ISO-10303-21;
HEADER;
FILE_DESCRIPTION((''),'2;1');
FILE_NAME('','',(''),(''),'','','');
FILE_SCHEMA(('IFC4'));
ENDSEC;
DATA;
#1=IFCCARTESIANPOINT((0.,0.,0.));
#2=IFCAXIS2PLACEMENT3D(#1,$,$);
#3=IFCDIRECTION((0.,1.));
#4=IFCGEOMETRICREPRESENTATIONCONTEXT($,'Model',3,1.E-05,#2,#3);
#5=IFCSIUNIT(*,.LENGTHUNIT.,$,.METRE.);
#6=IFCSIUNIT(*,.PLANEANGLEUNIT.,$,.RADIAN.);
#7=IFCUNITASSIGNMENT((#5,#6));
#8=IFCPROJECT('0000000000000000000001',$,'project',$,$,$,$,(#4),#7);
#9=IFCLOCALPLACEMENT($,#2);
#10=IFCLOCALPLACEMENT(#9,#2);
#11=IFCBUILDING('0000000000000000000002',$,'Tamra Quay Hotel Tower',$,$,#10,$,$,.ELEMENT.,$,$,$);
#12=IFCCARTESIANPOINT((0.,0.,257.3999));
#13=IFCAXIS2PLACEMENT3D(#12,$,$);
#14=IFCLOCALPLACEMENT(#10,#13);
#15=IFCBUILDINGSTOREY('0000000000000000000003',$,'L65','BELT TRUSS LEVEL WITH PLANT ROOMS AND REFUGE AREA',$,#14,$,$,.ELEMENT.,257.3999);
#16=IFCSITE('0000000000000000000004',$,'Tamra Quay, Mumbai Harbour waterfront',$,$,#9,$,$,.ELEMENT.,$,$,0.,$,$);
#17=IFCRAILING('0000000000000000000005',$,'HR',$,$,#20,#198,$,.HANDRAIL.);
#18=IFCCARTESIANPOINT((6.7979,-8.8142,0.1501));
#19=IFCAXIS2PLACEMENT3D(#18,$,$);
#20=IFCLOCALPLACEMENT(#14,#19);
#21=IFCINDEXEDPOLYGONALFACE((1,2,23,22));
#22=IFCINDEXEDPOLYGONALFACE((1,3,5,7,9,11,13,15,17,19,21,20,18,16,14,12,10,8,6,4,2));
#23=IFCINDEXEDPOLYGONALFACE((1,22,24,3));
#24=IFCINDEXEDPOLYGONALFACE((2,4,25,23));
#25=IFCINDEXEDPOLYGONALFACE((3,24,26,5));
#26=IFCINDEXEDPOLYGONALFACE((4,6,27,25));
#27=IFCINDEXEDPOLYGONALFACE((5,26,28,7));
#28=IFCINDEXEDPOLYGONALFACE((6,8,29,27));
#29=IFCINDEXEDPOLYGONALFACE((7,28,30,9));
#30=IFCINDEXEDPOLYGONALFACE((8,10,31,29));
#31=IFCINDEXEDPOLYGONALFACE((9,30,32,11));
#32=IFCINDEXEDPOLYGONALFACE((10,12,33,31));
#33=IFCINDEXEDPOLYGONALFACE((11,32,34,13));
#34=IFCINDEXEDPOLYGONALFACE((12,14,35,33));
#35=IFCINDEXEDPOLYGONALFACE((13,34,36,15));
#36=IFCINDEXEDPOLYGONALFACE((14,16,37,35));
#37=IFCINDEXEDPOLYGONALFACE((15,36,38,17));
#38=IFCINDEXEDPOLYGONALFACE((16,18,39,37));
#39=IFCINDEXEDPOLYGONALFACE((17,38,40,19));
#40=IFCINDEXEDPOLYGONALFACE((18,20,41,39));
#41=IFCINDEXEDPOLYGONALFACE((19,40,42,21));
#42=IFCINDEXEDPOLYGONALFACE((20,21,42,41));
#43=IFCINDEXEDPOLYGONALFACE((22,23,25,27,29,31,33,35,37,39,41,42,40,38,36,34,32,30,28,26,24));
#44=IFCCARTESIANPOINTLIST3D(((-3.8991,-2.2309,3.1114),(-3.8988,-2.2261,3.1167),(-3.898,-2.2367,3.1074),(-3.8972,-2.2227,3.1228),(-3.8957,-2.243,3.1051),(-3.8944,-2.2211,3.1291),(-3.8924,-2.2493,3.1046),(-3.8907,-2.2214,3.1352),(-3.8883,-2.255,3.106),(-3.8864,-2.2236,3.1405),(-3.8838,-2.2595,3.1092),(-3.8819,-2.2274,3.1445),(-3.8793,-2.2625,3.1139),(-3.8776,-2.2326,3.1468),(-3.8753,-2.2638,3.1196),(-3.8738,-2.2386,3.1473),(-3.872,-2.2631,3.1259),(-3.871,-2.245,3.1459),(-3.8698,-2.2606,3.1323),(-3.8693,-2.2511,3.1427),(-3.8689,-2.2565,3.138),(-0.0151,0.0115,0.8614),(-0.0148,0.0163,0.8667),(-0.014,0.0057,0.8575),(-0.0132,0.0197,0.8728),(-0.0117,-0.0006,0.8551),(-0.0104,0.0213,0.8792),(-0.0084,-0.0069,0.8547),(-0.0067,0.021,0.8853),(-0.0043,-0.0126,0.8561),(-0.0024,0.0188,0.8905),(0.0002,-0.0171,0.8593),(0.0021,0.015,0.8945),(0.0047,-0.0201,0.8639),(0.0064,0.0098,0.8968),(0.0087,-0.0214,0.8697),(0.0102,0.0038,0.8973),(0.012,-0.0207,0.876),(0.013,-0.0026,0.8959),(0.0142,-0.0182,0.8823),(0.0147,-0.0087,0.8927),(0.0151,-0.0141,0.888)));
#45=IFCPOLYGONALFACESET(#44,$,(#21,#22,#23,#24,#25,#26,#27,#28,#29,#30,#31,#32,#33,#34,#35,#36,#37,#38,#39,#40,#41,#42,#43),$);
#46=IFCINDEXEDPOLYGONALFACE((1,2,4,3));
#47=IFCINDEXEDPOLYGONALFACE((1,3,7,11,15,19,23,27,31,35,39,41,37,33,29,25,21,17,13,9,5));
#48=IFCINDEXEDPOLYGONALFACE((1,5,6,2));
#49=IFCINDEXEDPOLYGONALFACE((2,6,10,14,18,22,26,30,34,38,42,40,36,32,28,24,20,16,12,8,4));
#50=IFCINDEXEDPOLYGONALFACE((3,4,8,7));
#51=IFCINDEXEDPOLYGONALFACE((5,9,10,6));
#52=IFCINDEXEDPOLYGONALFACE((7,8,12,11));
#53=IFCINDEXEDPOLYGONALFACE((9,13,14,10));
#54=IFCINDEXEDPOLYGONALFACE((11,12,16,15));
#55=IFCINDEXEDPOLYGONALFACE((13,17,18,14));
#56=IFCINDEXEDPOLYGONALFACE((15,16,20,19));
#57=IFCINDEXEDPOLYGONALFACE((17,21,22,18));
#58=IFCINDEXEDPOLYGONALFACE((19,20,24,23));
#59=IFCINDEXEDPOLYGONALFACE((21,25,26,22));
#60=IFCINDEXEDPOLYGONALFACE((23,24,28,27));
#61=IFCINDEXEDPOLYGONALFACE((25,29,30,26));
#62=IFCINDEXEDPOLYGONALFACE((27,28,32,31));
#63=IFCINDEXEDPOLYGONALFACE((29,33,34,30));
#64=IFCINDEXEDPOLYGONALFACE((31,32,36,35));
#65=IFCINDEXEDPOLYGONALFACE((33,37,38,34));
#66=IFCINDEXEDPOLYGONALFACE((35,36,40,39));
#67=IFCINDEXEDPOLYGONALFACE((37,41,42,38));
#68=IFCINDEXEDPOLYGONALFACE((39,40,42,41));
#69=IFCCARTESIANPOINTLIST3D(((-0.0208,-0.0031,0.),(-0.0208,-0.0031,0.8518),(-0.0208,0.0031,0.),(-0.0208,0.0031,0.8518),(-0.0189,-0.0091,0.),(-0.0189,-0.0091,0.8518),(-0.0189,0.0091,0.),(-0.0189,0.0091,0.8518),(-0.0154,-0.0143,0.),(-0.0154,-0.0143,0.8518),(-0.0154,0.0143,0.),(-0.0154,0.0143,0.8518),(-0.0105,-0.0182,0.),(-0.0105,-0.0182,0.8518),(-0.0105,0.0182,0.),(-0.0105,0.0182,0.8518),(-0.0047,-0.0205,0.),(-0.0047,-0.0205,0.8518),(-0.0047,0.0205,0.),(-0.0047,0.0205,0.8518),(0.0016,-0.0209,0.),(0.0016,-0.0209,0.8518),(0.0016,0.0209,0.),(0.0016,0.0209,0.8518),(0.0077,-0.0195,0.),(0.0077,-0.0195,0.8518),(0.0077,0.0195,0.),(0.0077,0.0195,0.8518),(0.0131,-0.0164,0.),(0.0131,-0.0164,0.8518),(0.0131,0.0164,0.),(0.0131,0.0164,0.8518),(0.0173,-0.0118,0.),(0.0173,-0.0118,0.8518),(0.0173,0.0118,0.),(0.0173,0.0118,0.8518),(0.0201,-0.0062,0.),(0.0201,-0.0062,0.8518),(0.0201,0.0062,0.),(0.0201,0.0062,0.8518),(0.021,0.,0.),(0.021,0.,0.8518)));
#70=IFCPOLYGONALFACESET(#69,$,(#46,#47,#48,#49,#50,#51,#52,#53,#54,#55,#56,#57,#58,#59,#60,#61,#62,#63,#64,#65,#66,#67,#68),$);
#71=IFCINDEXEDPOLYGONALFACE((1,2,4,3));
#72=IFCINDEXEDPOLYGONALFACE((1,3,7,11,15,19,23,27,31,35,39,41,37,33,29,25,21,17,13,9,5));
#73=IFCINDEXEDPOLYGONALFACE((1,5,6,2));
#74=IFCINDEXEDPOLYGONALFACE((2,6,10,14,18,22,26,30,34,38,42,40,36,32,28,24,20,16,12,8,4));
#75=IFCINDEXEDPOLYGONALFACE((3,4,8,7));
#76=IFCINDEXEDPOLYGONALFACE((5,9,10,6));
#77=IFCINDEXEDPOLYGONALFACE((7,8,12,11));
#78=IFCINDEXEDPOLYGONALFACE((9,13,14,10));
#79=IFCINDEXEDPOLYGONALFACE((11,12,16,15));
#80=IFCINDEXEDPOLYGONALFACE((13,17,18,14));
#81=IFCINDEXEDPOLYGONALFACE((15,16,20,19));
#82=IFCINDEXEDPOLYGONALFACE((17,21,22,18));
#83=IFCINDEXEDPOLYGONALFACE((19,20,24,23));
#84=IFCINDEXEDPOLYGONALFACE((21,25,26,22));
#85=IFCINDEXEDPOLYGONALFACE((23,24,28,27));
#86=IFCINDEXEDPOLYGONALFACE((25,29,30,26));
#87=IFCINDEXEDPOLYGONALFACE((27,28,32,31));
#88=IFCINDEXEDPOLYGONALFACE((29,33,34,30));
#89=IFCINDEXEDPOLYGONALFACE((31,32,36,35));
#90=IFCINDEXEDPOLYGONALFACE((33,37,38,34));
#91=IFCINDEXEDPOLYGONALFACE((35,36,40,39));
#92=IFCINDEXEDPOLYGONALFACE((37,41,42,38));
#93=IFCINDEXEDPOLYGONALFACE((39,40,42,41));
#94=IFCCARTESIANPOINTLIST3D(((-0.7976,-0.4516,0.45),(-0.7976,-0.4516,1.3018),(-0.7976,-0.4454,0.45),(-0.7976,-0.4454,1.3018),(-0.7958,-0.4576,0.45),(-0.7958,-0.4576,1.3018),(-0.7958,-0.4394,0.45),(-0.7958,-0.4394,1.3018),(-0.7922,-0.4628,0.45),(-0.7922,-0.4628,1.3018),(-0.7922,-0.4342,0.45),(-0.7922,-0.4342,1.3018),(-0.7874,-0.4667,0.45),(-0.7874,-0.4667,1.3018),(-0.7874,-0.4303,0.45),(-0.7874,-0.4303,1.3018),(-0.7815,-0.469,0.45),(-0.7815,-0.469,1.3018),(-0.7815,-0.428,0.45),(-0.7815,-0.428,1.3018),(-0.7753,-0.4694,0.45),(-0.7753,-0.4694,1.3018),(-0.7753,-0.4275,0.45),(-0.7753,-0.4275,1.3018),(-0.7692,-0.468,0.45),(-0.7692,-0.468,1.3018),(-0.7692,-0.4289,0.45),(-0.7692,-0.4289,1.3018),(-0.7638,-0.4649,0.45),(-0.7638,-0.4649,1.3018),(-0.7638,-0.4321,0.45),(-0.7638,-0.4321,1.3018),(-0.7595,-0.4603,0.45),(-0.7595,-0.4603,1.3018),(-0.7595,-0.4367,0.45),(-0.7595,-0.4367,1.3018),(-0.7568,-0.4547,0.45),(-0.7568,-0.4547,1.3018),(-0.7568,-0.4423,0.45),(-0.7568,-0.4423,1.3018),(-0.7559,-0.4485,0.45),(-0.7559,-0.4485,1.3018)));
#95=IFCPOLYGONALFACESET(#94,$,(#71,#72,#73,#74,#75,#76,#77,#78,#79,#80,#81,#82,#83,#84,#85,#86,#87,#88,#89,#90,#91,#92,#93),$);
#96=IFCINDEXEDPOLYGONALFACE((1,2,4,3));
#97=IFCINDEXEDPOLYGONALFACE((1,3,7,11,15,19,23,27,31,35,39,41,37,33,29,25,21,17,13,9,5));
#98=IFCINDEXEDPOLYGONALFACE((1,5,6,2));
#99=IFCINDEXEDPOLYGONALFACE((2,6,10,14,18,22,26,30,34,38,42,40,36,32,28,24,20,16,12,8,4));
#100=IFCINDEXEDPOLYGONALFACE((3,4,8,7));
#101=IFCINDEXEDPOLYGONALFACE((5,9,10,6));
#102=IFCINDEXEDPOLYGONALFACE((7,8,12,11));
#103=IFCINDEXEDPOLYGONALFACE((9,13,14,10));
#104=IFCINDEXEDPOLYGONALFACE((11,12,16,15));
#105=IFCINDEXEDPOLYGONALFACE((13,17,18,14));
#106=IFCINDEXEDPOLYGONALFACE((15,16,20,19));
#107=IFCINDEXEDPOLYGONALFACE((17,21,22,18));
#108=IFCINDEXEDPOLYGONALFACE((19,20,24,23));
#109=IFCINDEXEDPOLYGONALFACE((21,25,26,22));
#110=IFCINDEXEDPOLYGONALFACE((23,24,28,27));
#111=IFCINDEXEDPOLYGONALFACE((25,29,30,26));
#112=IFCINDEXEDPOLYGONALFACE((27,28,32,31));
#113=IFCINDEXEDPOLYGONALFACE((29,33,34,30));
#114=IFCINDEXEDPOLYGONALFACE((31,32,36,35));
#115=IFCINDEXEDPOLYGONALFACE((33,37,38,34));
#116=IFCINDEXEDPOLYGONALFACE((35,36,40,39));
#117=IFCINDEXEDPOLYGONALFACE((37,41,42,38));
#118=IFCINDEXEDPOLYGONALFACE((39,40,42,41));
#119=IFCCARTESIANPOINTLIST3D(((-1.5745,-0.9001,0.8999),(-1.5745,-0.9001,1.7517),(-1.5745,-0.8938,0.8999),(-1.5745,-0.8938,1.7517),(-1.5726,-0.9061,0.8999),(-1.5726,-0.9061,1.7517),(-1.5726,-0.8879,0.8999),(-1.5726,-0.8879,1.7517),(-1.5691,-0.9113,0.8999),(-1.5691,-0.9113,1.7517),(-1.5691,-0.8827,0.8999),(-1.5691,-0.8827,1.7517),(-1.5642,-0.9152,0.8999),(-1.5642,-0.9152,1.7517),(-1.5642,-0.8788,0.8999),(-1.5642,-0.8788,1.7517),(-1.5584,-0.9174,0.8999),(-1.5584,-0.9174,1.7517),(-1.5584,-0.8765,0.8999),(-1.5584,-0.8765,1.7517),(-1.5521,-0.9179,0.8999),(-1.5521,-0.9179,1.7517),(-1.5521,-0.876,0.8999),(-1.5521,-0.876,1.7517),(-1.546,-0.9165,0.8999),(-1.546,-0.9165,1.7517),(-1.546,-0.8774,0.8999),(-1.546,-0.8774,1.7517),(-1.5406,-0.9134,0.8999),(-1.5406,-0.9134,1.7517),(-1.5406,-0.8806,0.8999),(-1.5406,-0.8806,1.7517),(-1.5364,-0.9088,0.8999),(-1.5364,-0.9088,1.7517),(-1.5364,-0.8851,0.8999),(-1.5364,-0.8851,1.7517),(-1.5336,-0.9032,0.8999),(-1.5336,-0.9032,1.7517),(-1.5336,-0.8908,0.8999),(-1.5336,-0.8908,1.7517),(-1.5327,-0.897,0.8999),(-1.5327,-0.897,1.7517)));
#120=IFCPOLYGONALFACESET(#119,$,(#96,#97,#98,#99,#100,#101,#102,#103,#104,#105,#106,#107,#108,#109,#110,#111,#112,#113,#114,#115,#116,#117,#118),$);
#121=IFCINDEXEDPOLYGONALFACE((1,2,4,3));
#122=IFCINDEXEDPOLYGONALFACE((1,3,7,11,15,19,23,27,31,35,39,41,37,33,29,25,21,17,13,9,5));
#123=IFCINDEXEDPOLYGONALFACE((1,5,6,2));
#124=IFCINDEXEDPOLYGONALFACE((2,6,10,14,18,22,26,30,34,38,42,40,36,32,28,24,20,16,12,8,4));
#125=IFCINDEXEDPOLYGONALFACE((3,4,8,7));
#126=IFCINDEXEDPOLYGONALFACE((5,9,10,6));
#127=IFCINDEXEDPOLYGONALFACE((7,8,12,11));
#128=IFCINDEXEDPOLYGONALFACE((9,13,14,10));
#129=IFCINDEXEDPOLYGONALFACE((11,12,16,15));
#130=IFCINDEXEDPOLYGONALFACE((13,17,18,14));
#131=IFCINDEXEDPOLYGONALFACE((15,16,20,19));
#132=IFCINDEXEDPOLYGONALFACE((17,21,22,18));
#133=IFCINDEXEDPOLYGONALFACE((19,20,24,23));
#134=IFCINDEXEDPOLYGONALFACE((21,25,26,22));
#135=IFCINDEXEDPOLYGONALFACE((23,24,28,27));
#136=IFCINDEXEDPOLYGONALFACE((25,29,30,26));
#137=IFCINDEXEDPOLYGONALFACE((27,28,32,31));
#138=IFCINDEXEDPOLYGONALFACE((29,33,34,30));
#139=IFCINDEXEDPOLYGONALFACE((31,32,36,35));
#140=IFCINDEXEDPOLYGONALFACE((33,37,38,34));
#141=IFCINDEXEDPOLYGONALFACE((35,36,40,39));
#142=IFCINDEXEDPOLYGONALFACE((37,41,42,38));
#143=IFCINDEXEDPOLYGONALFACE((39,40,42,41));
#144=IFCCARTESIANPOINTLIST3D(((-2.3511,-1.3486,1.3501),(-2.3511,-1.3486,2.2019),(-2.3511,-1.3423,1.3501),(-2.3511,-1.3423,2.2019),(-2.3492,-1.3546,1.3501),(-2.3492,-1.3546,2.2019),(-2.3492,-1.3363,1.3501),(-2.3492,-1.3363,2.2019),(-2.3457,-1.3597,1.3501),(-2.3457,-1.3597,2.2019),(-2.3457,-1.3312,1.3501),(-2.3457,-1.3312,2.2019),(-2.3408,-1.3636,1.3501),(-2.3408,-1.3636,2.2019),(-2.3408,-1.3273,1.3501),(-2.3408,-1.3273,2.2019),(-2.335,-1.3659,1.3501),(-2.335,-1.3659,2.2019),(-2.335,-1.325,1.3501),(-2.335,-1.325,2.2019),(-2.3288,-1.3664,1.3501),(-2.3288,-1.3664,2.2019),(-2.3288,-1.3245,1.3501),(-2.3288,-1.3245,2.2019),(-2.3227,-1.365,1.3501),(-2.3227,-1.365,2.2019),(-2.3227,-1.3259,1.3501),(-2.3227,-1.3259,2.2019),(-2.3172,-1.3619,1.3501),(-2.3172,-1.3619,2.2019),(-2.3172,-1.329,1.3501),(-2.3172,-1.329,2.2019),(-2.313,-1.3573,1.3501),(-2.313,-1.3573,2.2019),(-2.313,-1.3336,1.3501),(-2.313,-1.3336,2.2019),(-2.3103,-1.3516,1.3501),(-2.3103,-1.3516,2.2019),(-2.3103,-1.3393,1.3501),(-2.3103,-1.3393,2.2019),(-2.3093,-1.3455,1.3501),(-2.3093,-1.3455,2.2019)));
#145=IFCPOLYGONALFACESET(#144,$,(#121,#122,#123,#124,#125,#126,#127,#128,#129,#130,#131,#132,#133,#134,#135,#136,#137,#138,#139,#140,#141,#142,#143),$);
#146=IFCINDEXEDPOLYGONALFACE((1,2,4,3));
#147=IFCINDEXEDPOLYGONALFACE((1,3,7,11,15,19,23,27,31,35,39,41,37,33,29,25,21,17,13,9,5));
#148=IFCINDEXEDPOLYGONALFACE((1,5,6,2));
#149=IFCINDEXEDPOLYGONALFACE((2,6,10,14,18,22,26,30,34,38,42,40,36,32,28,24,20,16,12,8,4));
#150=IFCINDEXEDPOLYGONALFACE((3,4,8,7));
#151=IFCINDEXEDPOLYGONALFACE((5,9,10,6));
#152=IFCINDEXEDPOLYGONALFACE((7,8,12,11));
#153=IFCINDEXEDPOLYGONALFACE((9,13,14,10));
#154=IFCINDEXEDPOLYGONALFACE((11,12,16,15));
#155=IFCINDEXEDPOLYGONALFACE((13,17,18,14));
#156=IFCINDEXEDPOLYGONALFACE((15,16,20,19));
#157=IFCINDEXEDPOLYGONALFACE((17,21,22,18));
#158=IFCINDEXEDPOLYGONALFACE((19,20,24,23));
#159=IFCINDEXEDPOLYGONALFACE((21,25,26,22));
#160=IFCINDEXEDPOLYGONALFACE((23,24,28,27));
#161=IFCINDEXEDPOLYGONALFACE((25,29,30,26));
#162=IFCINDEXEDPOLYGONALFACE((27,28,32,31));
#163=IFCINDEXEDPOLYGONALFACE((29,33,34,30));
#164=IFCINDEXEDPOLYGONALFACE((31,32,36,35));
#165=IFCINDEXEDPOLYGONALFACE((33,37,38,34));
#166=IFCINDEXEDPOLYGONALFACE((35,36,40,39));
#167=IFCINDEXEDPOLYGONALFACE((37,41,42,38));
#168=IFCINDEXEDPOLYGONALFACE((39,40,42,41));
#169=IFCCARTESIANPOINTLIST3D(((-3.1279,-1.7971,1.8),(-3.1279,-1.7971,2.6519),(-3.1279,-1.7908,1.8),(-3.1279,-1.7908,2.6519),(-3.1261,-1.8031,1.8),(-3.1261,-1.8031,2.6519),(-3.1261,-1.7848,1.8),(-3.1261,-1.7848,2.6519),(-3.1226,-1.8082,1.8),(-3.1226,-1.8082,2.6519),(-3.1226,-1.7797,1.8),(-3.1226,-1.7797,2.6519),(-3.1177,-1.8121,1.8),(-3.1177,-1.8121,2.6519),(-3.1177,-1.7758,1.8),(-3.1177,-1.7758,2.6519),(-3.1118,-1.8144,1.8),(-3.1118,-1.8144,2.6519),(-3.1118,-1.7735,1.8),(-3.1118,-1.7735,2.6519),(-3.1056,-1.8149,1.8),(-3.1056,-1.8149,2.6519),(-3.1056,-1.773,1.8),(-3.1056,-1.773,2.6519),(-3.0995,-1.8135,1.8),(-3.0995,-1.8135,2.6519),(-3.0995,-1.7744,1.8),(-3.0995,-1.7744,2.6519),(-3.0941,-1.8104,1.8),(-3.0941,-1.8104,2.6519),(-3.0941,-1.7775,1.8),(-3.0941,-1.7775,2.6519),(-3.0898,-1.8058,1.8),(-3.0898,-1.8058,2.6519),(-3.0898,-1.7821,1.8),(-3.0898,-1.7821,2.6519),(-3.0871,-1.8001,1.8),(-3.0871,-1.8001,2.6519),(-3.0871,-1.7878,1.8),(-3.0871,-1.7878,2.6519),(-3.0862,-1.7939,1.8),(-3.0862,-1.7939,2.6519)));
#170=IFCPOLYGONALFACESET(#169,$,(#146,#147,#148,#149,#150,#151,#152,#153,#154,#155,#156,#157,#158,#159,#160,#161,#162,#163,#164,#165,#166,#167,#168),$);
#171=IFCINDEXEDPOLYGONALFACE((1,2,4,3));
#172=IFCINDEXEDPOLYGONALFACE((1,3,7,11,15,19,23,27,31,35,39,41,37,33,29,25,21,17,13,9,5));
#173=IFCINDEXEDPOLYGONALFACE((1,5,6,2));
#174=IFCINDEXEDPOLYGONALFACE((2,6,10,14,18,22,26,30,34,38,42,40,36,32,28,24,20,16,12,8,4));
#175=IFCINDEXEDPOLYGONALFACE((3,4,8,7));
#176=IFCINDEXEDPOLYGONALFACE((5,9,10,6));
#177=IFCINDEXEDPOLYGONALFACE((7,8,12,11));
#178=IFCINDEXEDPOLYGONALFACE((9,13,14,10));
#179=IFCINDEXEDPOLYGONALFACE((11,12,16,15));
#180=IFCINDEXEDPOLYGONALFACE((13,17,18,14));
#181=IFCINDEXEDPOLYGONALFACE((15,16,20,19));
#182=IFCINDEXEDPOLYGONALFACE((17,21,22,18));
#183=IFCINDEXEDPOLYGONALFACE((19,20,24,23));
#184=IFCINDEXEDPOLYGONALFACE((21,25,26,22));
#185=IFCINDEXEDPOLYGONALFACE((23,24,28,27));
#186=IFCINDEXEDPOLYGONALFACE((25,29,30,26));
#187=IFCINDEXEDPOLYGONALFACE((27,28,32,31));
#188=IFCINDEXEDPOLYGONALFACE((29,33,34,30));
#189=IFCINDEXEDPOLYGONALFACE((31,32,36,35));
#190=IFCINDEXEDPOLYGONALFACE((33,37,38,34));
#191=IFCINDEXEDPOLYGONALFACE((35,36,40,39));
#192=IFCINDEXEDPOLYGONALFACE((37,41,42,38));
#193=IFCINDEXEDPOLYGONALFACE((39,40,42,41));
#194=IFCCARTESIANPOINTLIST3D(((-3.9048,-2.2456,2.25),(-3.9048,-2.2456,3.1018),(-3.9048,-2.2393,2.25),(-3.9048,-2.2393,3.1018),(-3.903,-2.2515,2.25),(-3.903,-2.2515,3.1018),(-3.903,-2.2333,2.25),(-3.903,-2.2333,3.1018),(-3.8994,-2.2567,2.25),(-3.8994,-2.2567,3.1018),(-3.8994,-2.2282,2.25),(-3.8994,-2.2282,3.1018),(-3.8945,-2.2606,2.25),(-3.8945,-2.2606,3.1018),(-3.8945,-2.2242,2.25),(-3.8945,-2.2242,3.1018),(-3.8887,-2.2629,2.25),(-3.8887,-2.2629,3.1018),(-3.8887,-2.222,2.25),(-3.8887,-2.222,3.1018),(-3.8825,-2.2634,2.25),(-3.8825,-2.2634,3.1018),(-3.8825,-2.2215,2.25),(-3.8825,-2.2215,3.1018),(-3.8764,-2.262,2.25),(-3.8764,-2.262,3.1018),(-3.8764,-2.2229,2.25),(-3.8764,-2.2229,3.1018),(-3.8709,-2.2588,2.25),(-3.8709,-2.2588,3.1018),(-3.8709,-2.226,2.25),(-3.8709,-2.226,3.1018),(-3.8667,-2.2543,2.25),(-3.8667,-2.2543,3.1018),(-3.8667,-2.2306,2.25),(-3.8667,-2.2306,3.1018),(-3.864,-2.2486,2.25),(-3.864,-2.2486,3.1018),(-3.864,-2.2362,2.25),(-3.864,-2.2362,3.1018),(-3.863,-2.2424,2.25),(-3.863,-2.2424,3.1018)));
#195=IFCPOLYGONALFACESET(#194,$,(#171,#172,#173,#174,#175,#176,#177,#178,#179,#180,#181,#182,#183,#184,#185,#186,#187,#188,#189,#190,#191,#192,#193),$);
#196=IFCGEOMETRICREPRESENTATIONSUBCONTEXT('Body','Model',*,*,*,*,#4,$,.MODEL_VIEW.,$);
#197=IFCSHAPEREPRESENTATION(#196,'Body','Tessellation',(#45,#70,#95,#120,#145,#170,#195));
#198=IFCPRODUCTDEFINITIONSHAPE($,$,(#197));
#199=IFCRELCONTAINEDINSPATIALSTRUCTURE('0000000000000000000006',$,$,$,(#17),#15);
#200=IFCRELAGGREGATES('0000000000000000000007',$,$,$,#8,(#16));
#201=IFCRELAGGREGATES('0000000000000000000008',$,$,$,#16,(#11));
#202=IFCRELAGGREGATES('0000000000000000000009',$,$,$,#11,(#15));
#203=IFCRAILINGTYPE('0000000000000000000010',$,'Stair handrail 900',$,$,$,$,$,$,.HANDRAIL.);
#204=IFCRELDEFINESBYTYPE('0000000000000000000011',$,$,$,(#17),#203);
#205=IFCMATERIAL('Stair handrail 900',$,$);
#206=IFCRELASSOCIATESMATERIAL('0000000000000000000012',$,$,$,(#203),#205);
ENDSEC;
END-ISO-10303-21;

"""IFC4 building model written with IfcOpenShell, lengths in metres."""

from ifc_helpers import new_model, si_unit, direction, frame, origin, origin_2d, place, context, subcontext, project, spatial, circle, extrude, material, type_object, element, save


model = new_model("IFC4")

# Units and contexts
model_context = context("Model", 3, precision=1e-05, world=origin(), true_north=direction((0.0, 1.0)))
body_context = subcontext(model_context, "Body", "Model", "MODEL_VIEW")
ifc_project = project(units=[si_unit("LENGTHUNIT", "METRE"), si_unit("PLANEANGLEUNIT", "RADIAN")], contexts=[model_context])

# Site, building, storey
site_placement = place(None, origin())
site = spatial("IfcSite", under=ifc_project, at=site_placement, Name="Tamra Quay, Mumbai Harbour waterfront", CompositionType="ELEMENT", RefElevation=0.0)
building_placement = place(site_placement, origin())
building = spatial("IfcBuilding", under=site, at=building_placement, Name="Tamra Quay Hotel Tower", CompositionType="ELEMENT")
storey_placement = place(building_placement, frame((0.0, 0.0, 257.3999)))
storey = spatial("IfcBuildingStorey", under=building, at=storey_placement, Name="L65", Description="BELT TRUSS LEVEL WITH PLANT ROOMS AND REFUGE AREA", CompositionType="ELEMENT", Elevation=257.3999)

# Railing
ifc_material_1 = material(Name="Stair handrail 900")
railing_type_1 = type_object("IfcRailingType", Name="Stair handrail 900", PredefinedType="HANDRAIL", material=ifc_material_1)
railing_1_placement = place(storey_placement, frame((6.7979, -8.8142, 0.1501)))
element("IfcRailing", 1, at=railing_1_placement, inside=storey, type_object=railing_type_1, Name="HR", PredefinedType="HANDRAIL", context=body_context, shape_type="SweptSolid", body=[
    extrude(circle(Radius=0.0239, at=origin_2d()), frame((0.0, 0.0, 0.876), z_axis=(-0.774076, -0.44691, 0.448418), x_axis=(0.499997, -0.866027, 0.0)), (0.0, 0.0, 1.0), 5.0176),
    extrude(circle(Radius=0.021, at=origin_2d()), origin(), (0.0, 0.0, 1.0), 0.8518),
    extrude(circle(Radius=0.021, at=origin_2d()), frame((-0.7769, -0.4485, 0.45)), (0.0, 0.0, 1.0), 0.8518),
    extrude(circle(Radius=0.021, at=origin_2d()), frame((-1.5537, -0.897, 0.8999)), (0.0, 0.0, 1.0), 0.8518),
    extrude(circle(Radius=0.021, at=origin_2d()), frame((-2.3303, -1.3455, 1.3501)), (0.0, 0.0, 1.0), 0.8518),
    extrude(circle(Radius=0.021, at=origin_2d()), frame((-3.1072, -1.7939, 1.8)), (0.0, 0.0, 1.0), 0.8518),
    extrude(circle(Radius=0.021, at=origin_2d()), frame((-3.884, -2.2424, 2.25)), (0.0, 0.0, 1.0), 0.8518),
])

save(model, "model.ifc")
